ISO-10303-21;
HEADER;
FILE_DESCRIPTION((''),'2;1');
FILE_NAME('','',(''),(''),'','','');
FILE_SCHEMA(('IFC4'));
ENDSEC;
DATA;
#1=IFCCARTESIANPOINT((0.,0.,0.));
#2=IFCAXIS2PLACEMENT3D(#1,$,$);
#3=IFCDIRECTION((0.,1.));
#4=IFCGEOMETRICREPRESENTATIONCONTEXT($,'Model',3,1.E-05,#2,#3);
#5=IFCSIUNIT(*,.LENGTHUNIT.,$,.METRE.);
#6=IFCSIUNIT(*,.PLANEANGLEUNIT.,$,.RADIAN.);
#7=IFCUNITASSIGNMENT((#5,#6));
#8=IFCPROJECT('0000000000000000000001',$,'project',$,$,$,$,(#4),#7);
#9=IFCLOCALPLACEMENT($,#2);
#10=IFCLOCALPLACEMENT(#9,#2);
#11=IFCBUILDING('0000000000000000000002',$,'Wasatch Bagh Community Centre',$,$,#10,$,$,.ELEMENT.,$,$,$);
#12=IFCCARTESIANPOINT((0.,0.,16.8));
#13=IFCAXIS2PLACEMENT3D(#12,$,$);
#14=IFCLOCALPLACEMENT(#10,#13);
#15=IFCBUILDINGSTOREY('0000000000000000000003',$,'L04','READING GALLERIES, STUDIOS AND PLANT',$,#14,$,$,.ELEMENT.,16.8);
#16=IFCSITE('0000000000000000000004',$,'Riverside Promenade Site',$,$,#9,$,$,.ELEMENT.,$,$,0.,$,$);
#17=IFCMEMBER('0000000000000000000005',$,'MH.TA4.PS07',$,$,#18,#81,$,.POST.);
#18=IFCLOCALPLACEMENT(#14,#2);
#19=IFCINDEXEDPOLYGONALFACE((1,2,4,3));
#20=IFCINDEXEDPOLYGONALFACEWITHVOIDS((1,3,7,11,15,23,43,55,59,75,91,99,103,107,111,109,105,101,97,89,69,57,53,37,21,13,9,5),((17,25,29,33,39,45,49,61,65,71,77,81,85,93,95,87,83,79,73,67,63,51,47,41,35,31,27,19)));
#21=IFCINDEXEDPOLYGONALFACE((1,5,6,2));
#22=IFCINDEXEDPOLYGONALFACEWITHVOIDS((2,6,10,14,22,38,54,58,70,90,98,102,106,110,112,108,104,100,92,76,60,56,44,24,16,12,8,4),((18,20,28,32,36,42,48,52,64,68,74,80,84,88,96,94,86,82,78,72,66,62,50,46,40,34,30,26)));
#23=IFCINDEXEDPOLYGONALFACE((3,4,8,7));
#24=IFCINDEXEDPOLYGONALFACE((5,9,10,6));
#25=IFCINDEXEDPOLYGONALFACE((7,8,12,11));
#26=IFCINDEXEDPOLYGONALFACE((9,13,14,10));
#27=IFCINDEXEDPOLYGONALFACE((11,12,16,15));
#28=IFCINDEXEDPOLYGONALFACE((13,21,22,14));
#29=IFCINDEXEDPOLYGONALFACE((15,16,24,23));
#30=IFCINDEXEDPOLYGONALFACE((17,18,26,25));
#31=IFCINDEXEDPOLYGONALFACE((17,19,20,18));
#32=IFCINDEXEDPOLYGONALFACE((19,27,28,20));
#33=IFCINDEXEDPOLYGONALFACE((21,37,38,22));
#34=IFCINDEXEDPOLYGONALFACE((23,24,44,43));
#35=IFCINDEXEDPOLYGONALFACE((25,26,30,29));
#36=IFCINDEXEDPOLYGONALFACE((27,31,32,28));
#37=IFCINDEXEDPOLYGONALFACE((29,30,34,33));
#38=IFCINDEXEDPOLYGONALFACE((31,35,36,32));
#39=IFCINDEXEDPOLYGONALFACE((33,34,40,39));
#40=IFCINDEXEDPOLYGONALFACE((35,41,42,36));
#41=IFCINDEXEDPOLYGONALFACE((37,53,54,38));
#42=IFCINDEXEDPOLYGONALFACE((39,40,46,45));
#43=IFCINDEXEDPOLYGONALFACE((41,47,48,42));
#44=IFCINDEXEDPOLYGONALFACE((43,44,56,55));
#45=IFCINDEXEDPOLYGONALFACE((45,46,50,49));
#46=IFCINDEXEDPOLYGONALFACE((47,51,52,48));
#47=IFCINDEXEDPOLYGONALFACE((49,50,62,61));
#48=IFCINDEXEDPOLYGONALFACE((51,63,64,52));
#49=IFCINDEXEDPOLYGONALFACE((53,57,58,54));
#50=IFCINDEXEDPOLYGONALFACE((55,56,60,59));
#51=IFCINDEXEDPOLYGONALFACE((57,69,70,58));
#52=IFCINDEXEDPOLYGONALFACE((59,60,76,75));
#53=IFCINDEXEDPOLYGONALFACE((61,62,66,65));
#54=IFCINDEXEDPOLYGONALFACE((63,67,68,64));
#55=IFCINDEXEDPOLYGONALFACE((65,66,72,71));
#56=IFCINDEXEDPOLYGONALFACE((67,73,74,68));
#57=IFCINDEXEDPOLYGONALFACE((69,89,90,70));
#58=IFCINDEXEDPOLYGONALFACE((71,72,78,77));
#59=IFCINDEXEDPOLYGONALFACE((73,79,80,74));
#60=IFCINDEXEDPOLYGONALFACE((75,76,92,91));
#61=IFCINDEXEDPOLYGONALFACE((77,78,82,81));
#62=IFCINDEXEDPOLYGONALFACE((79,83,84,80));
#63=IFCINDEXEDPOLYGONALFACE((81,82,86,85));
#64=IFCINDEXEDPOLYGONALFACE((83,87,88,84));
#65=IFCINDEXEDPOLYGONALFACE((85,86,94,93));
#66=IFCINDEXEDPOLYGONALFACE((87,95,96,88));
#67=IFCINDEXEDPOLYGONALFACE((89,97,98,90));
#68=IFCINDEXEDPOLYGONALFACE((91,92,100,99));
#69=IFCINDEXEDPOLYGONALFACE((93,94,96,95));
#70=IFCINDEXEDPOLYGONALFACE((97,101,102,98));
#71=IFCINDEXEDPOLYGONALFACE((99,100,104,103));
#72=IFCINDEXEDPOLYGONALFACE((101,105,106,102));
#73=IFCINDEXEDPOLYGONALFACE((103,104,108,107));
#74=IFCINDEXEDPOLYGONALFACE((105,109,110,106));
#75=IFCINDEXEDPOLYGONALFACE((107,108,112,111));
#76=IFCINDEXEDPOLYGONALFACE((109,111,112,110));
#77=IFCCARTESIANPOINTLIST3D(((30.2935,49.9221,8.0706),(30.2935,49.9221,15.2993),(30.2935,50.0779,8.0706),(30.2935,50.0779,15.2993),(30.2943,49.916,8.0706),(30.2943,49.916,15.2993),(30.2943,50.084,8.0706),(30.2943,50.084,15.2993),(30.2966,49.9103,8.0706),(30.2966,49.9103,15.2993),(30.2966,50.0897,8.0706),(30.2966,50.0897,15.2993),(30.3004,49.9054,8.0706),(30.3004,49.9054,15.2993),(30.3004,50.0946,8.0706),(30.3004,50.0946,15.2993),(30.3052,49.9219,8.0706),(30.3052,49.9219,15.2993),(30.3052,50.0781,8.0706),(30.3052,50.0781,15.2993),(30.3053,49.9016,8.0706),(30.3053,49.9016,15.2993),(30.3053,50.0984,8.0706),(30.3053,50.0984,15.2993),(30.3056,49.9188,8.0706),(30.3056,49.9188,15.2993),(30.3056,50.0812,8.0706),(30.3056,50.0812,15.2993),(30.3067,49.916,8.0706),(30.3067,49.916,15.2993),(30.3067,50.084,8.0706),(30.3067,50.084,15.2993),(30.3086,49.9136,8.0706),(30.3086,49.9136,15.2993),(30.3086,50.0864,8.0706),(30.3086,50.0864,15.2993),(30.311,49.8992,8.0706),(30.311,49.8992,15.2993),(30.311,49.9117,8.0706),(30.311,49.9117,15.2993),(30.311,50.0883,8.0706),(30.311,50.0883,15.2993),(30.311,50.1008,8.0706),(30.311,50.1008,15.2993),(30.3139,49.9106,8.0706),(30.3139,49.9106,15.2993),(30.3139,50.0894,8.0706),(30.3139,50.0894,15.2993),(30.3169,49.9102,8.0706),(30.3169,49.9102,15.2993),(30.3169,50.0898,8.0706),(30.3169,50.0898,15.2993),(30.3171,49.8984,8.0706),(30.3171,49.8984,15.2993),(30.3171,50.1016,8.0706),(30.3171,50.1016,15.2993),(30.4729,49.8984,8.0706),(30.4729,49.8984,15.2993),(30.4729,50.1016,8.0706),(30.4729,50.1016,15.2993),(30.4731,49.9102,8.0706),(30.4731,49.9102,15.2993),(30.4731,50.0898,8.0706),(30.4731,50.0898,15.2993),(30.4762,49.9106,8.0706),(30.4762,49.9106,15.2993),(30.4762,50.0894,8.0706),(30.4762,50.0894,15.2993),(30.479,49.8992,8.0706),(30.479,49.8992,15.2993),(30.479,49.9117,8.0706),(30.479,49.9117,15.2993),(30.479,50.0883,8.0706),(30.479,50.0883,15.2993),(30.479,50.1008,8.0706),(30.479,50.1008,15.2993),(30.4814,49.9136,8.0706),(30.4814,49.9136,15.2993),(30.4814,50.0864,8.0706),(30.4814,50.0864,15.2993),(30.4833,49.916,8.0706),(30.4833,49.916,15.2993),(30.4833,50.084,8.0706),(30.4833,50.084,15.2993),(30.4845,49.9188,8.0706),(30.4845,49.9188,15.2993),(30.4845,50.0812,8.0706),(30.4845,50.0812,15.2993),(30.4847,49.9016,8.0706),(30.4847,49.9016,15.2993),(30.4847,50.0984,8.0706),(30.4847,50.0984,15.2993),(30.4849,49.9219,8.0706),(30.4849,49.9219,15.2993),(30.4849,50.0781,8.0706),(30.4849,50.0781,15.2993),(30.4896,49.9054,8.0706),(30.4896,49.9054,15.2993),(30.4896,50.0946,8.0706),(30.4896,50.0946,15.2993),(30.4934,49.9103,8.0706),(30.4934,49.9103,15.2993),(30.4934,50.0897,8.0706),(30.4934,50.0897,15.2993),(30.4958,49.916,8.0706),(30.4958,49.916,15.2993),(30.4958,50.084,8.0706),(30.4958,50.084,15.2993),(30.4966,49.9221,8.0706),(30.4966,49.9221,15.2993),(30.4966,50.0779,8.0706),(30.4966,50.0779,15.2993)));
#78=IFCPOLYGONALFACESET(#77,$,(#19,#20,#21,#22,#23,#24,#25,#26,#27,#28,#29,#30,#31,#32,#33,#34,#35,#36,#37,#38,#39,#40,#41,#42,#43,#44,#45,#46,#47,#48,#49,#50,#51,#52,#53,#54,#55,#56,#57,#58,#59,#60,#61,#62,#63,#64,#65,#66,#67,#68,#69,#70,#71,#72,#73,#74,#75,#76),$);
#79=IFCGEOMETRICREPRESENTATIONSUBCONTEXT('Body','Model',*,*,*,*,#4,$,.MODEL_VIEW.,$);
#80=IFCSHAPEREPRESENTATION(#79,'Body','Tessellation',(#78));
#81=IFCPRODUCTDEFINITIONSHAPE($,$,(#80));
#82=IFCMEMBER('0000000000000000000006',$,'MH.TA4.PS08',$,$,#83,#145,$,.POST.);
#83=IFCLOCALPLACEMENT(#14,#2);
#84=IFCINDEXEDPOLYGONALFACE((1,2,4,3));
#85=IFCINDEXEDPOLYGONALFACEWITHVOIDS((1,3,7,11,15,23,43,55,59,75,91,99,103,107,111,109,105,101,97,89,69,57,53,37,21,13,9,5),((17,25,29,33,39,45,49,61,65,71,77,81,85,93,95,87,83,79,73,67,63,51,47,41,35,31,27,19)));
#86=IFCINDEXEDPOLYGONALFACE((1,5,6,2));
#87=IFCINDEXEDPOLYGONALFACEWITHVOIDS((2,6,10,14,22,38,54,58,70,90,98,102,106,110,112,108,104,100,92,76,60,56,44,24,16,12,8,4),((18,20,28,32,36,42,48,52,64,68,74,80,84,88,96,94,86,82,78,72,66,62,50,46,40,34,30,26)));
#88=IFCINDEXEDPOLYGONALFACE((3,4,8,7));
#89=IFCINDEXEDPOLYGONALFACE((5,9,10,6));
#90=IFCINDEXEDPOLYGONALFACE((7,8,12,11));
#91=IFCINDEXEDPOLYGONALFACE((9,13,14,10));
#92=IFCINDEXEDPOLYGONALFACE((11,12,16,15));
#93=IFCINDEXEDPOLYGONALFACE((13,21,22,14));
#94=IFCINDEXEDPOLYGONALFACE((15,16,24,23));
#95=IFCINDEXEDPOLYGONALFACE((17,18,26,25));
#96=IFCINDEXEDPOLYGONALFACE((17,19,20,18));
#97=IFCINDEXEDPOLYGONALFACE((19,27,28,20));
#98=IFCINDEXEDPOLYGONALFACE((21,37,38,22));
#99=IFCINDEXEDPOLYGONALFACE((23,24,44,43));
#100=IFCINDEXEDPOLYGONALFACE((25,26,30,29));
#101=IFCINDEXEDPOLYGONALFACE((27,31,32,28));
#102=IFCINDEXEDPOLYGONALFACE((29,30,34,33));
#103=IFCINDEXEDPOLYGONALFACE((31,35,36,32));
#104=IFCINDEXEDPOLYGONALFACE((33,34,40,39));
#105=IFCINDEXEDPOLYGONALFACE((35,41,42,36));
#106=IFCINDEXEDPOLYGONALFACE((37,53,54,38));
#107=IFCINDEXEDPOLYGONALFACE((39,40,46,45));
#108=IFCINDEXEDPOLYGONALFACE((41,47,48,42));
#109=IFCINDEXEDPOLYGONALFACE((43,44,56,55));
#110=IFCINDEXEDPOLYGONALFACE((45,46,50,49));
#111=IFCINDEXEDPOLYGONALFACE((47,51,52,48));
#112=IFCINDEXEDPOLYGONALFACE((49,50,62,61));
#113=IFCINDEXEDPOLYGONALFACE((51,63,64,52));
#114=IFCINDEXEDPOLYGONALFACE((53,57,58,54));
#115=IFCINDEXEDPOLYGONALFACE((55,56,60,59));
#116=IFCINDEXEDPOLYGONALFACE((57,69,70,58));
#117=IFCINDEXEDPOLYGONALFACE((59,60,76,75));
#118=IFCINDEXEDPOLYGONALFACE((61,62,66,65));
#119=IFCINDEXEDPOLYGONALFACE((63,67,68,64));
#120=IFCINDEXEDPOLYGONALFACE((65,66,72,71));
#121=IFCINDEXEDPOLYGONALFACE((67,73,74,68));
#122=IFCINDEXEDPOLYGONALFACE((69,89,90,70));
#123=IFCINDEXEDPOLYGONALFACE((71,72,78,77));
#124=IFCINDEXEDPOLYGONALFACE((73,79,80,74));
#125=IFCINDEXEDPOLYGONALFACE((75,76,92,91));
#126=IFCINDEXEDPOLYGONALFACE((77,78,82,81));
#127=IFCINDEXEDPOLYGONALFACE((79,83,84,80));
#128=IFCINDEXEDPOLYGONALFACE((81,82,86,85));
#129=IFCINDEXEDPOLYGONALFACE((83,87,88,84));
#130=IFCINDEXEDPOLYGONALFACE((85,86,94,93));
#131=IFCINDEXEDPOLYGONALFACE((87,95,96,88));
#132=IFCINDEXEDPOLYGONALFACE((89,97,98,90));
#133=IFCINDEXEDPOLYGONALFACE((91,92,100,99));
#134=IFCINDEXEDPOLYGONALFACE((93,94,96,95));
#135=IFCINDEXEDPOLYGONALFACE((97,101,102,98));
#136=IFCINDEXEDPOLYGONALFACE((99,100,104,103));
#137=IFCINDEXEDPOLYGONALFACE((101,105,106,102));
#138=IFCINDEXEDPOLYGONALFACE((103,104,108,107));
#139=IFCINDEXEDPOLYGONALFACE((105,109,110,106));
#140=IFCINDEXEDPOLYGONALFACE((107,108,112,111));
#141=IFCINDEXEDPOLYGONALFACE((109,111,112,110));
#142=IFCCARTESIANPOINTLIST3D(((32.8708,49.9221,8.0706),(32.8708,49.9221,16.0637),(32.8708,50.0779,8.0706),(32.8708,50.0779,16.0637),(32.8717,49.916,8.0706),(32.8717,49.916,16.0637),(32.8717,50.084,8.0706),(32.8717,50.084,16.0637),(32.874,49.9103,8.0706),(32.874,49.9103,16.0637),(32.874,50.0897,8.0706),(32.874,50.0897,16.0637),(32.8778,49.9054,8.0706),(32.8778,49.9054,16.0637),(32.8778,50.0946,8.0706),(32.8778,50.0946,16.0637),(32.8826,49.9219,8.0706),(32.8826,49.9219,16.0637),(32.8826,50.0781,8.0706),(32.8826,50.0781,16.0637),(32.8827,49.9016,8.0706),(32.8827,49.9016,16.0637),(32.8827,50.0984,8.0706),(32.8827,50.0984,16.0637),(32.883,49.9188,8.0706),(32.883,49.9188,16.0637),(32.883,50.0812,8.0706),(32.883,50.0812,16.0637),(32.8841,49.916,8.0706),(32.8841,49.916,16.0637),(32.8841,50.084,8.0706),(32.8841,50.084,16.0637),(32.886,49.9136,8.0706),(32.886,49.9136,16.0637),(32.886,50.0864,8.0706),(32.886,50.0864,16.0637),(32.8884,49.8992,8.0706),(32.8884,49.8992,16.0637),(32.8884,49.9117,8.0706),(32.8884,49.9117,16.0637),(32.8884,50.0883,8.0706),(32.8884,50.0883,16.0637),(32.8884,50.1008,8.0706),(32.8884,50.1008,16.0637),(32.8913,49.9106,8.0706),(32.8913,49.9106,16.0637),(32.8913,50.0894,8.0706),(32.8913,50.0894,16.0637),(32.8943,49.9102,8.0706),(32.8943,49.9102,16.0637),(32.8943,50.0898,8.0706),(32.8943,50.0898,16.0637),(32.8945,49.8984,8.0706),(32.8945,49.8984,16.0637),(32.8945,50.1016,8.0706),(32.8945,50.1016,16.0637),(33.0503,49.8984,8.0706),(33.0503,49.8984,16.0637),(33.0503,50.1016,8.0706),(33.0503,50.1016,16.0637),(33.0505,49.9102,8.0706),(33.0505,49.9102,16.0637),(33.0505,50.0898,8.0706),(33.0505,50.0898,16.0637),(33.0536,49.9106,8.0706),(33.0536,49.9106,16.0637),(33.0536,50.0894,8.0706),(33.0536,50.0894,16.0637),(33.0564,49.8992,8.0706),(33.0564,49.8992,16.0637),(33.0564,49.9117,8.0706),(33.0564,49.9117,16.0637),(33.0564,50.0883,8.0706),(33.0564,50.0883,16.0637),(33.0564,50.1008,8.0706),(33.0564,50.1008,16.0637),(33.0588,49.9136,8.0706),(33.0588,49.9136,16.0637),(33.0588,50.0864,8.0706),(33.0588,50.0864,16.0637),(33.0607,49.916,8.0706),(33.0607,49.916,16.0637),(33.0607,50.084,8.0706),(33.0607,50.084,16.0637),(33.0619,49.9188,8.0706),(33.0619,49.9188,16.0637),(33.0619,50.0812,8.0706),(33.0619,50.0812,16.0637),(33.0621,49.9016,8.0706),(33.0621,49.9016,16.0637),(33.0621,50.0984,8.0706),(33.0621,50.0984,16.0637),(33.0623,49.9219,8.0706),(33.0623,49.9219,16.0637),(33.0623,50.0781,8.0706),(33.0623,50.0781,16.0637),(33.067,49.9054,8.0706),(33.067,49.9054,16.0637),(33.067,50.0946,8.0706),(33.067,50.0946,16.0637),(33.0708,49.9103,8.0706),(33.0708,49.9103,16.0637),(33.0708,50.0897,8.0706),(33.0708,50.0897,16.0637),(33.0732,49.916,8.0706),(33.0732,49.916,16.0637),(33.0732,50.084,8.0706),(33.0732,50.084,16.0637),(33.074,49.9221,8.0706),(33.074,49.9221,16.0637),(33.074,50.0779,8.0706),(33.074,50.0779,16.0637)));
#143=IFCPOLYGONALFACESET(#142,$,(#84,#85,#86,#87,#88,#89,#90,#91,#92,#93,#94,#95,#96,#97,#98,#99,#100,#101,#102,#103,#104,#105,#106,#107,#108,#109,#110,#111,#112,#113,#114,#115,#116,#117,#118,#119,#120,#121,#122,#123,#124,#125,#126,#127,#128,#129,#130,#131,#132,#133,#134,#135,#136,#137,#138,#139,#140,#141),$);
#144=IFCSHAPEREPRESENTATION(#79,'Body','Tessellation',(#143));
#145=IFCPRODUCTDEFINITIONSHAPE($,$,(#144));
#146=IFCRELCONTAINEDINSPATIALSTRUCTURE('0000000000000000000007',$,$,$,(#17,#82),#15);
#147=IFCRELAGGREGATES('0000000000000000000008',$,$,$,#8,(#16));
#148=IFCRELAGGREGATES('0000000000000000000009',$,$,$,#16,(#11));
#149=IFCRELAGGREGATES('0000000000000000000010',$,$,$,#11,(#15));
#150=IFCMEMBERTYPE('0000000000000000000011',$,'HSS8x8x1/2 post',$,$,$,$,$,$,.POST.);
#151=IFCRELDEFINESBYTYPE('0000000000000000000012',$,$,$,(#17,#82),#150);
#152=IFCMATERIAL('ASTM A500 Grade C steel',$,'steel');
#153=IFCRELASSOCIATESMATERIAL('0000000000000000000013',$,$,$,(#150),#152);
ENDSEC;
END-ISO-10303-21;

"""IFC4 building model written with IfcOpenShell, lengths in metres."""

from ifc_helpers import new_model, si_unit, direction, frame, origin, origin_2d, place, context, subcontext, project, spatial, hollow_rectangle, extrude, material, material_profile, profile_set, type_object, element, save


model = new_model("IFC4")

# Units and contexts
model_context = context("Model", 3, precision=1e-05, world=origin(), true_north=direction((0.0, 1.0)))
body_context = subcontext(model_context, "Body", "Model", "MODEL_VIEW")
ifc_project = project(units=[si_unit("LENGTHUNIT", "METRE"), si_unit("PLANEANGLEUNIT", "RADIAN")], contexts=[model_context])

# Site, building, storey
site_placement = place(None, origin())
site = spatial("IfcSite", under=ifc_project, at=site_placement, Name="Riverside Promenade Site", CompositionType="ELEMENT", RefElevation=0.0)
building_placement = place(site_placement, origin())
building = spatial("IfcBuilding", under=site, at=building_placement, Name="Wasatch Bagh Community Centre", CompositionType="ELEMENT")
storey_placement = place(building_placement, frame((0.0, 0.0, 16.8)))
storey = spatial("IfcBuildingStorey", under=building, at=storey_placement, Name="L04", Description="READING GALLERIES, STUDIOS AND PLANT", CompositionType="ELEMENT", Elevation=16.8)

# Members
ifc_material_1 = material(Name="ASTM A500 Grade C steel", Category="steel")
ifc_material_profile_1 = material_profile(ifc_material_1, hollow_rectangle(XDim=0.2031, YDim=0.2031, WallThickness=0.0117, InnerFilletRadius=0.0117, OuterFilletRadius=0.0237, at=origin_2d()), Name="HSS8x8x1/2")
ifc_profile_set_1 = profile_set([ifc_material_profile_1], Name="ASTM A500 Grade C steel")
member_type_1 = type_object("IfcMemberType", Name="HSS8x8x1/2 post", PredefinedType="POST", material=ifc_profile_set_1)
member_1_placement = place(storey_placement, frame((30.395, 50.0, 8.0706), z_axis=(0.0, 0.0, 1.0), x_axis=(1.0, 0.0, 0.0)))
element("IfcMember", 1, at=member_1_placement, inside=storey, type_object=member_type_1, Name="MH.TA4.PS07", PredefinedType="POST", context=body_context, shape_type="SweptSolid", body=[
    extrude(hollow_rectangle(XDim=0.2031, YDim=0.2031, WallThickness=0.0117, InnerFilletRadius=0.0117, OuterFilletRadius=0.0237, at=origin_2d()), origin(), (0.0, 0.0, 1.0), 7.2288),
])
member_2_placement = place(storey_placement, frame((32.9724, 50.0, 8.0706), z_axis=(0.0, 0.0, 1.0), x_axis=(1.0, 0.0, 0.0)))
element("IfcMember", 2, at=member_2_placement, inside=storey, type_object=member_type_1, Name="MH.TA4.PS08", PredefinedType="POST", context=body_context, shape_type="SweptSolid", body=[
    extrude(hollow_rectangle(XDim=0.2031, YDim=0.2031, WallThickness=0.0117, InnerFilletRadius=0.0117, OuterFilletRadius=0.0237, at=origin_2d()), origin(), (0.0, 0.0, 1.0), 7.9932),
])

save(model, "model.ifc")
